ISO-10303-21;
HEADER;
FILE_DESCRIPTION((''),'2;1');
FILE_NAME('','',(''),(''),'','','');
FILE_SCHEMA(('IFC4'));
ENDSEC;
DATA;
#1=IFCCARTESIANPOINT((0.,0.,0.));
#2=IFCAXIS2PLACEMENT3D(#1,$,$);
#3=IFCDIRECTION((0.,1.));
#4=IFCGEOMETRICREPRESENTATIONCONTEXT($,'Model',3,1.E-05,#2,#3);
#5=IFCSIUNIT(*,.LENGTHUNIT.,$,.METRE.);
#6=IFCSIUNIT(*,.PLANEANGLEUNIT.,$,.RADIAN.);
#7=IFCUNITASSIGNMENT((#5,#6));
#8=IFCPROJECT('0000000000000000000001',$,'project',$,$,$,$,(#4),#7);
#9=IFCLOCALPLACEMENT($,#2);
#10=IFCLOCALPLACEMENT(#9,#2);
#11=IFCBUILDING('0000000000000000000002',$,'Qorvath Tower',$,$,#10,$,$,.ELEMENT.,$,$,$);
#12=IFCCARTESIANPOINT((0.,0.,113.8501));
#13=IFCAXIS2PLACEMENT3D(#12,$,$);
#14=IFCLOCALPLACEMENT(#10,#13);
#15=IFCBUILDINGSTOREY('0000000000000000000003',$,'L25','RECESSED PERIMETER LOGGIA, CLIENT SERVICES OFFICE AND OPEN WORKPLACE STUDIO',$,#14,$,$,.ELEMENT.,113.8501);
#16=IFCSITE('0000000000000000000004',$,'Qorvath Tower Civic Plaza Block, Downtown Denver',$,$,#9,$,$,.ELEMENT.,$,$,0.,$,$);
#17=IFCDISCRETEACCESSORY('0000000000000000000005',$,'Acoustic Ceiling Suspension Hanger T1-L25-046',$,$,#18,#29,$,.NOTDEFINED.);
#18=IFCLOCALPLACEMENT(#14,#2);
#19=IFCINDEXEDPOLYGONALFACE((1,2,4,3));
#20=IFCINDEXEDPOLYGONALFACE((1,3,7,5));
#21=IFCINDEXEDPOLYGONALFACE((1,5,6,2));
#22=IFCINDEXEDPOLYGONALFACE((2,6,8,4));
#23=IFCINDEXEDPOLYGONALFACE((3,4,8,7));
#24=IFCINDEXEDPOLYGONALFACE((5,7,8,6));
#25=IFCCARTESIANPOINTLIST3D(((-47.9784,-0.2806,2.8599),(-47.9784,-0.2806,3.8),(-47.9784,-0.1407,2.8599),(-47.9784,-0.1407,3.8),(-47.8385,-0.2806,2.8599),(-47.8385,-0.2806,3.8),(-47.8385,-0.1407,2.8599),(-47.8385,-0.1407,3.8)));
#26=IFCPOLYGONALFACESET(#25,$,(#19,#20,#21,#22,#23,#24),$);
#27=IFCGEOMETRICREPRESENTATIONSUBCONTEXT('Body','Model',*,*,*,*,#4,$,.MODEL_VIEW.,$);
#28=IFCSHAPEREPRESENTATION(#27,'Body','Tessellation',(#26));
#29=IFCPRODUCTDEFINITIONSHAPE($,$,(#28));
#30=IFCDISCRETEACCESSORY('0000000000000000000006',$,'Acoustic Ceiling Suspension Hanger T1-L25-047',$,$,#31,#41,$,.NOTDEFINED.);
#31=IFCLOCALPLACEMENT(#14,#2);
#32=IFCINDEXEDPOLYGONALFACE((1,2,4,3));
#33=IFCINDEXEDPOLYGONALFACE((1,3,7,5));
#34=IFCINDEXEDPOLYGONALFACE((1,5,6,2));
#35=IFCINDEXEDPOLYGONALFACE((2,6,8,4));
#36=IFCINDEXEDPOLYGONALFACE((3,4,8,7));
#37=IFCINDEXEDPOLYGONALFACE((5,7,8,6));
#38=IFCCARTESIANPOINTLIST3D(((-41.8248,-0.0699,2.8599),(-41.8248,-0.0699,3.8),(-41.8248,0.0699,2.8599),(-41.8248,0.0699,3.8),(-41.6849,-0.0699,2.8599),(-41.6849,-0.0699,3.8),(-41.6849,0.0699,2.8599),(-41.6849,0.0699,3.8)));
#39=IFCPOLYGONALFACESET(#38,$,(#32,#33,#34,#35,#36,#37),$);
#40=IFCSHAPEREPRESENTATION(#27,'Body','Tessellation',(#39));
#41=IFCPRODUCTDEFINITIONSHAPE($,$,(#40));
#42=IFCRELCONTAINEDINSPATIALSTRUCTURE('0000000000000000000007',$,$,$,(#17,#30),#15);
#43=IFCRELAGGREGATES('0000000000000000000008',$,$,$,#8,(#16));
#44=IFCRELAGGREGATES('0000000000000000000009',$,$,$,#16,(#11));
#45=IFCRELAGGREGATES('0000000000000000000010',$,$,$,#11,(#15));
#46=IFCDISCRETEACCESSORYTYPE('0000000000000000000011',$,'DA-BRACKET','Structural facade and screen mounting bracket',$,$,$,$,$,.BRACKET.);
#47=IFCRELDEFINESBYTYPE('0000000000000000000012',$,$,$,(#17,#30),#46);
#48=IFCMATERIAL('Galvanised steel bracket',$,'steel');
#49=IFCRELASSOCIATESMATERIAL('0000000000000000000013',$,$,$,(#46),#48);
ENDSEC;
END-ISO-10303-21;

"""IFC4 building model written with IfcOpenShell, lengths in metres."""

from ifc_helpers import new_model, si_unit, direction, frame, origin, origin_2d, place, context, subcontext, project, spatial, rectangle, extrude, material, type_object, element, save


model = new_model("IFC4")

# Units and contexts
model_context = context("Model", 3, precision=1e-05, world=origin(), true_north=direction((0.0, 1.0)))
body_context = subcontext(model_context, "Body", "Model", "MODEL_VIEW")
ifc_project = project(units=[si_unit("LENGTHUNIT", "METRE"), si_unit("PLANEANGLEUNIT", "RADIAN")], contexts=[model_context])

# Site, building, storey
site_placement = place(None, origin())
site = spatial("IfcSite", under=ifc_project, at=site_placement, Name="Qorvath Tower Civic Plaza Block, Downtown Denver", CompositionType="ELEMENT", RefElevation=0.0)
building_placement = place(site_placement, origin())
building = spatial("IfcBuilding", under=site, at=building_placement, Name="Qorvath Tower", CompositionType="ELEMENT")
storey_placement = place(building_placement, frame((0.0, 0.0, 113.8501)))
storey = spatial("IfcBuildingStorey", under=building, at=storey_placement, Name="L25", Description="RECESSED PERIMETER LOGGIA, CLIENT SERVICES OFFICE AND OPEN WORKPLACE STUDIO", CompositionType="ELEMENT", Elevation=113.8501)

# Discrete accessories
ifc_material_1 = material(Name="Galvanised steel bracket", Category="steel")
discrete_accessory_type = type_object("IfcDiscreteAccessoryType", Name="DA-BRACKET", Description="Structural facade and screen mounting bracket", PredefinedType="BRACKET", material=ifc_material_1)
for number, where, z_axis, x_axis, name in (
    (1, (-47.9084, -0.2107, 2.8599), (0.0, 0.0, 1.0), (1.0, 0.0, 0.0), "Acoustic Ceiling Suspension Hanger T1-L25-046"),
    (2, (-41.7549, 0.0, 2.8599), (0.0, 0.0, 1.0), (1.0, 0.0, 0.0), "Acoustic Ceiling Suspension Hanger T1-L25-047"),
):
    element("IfcDiscreteAccessory", number, at=place(storey_placement, frame(where, z_axis=z_axis, x_axis=x_axis)), inside=storey, type_object=discrete_accessory_type, Name=name, PredefinedType="NOTDEFINED", context=body_context, shape_type="SweptSolid", body=[
        extrude(rectangle(XDim=0.1399, YDim=0.1399, at=origin_2d()), origin(), (0.0, 0.0, 1.0), 0.9402),
    ])

save(model, "model.ifc")
